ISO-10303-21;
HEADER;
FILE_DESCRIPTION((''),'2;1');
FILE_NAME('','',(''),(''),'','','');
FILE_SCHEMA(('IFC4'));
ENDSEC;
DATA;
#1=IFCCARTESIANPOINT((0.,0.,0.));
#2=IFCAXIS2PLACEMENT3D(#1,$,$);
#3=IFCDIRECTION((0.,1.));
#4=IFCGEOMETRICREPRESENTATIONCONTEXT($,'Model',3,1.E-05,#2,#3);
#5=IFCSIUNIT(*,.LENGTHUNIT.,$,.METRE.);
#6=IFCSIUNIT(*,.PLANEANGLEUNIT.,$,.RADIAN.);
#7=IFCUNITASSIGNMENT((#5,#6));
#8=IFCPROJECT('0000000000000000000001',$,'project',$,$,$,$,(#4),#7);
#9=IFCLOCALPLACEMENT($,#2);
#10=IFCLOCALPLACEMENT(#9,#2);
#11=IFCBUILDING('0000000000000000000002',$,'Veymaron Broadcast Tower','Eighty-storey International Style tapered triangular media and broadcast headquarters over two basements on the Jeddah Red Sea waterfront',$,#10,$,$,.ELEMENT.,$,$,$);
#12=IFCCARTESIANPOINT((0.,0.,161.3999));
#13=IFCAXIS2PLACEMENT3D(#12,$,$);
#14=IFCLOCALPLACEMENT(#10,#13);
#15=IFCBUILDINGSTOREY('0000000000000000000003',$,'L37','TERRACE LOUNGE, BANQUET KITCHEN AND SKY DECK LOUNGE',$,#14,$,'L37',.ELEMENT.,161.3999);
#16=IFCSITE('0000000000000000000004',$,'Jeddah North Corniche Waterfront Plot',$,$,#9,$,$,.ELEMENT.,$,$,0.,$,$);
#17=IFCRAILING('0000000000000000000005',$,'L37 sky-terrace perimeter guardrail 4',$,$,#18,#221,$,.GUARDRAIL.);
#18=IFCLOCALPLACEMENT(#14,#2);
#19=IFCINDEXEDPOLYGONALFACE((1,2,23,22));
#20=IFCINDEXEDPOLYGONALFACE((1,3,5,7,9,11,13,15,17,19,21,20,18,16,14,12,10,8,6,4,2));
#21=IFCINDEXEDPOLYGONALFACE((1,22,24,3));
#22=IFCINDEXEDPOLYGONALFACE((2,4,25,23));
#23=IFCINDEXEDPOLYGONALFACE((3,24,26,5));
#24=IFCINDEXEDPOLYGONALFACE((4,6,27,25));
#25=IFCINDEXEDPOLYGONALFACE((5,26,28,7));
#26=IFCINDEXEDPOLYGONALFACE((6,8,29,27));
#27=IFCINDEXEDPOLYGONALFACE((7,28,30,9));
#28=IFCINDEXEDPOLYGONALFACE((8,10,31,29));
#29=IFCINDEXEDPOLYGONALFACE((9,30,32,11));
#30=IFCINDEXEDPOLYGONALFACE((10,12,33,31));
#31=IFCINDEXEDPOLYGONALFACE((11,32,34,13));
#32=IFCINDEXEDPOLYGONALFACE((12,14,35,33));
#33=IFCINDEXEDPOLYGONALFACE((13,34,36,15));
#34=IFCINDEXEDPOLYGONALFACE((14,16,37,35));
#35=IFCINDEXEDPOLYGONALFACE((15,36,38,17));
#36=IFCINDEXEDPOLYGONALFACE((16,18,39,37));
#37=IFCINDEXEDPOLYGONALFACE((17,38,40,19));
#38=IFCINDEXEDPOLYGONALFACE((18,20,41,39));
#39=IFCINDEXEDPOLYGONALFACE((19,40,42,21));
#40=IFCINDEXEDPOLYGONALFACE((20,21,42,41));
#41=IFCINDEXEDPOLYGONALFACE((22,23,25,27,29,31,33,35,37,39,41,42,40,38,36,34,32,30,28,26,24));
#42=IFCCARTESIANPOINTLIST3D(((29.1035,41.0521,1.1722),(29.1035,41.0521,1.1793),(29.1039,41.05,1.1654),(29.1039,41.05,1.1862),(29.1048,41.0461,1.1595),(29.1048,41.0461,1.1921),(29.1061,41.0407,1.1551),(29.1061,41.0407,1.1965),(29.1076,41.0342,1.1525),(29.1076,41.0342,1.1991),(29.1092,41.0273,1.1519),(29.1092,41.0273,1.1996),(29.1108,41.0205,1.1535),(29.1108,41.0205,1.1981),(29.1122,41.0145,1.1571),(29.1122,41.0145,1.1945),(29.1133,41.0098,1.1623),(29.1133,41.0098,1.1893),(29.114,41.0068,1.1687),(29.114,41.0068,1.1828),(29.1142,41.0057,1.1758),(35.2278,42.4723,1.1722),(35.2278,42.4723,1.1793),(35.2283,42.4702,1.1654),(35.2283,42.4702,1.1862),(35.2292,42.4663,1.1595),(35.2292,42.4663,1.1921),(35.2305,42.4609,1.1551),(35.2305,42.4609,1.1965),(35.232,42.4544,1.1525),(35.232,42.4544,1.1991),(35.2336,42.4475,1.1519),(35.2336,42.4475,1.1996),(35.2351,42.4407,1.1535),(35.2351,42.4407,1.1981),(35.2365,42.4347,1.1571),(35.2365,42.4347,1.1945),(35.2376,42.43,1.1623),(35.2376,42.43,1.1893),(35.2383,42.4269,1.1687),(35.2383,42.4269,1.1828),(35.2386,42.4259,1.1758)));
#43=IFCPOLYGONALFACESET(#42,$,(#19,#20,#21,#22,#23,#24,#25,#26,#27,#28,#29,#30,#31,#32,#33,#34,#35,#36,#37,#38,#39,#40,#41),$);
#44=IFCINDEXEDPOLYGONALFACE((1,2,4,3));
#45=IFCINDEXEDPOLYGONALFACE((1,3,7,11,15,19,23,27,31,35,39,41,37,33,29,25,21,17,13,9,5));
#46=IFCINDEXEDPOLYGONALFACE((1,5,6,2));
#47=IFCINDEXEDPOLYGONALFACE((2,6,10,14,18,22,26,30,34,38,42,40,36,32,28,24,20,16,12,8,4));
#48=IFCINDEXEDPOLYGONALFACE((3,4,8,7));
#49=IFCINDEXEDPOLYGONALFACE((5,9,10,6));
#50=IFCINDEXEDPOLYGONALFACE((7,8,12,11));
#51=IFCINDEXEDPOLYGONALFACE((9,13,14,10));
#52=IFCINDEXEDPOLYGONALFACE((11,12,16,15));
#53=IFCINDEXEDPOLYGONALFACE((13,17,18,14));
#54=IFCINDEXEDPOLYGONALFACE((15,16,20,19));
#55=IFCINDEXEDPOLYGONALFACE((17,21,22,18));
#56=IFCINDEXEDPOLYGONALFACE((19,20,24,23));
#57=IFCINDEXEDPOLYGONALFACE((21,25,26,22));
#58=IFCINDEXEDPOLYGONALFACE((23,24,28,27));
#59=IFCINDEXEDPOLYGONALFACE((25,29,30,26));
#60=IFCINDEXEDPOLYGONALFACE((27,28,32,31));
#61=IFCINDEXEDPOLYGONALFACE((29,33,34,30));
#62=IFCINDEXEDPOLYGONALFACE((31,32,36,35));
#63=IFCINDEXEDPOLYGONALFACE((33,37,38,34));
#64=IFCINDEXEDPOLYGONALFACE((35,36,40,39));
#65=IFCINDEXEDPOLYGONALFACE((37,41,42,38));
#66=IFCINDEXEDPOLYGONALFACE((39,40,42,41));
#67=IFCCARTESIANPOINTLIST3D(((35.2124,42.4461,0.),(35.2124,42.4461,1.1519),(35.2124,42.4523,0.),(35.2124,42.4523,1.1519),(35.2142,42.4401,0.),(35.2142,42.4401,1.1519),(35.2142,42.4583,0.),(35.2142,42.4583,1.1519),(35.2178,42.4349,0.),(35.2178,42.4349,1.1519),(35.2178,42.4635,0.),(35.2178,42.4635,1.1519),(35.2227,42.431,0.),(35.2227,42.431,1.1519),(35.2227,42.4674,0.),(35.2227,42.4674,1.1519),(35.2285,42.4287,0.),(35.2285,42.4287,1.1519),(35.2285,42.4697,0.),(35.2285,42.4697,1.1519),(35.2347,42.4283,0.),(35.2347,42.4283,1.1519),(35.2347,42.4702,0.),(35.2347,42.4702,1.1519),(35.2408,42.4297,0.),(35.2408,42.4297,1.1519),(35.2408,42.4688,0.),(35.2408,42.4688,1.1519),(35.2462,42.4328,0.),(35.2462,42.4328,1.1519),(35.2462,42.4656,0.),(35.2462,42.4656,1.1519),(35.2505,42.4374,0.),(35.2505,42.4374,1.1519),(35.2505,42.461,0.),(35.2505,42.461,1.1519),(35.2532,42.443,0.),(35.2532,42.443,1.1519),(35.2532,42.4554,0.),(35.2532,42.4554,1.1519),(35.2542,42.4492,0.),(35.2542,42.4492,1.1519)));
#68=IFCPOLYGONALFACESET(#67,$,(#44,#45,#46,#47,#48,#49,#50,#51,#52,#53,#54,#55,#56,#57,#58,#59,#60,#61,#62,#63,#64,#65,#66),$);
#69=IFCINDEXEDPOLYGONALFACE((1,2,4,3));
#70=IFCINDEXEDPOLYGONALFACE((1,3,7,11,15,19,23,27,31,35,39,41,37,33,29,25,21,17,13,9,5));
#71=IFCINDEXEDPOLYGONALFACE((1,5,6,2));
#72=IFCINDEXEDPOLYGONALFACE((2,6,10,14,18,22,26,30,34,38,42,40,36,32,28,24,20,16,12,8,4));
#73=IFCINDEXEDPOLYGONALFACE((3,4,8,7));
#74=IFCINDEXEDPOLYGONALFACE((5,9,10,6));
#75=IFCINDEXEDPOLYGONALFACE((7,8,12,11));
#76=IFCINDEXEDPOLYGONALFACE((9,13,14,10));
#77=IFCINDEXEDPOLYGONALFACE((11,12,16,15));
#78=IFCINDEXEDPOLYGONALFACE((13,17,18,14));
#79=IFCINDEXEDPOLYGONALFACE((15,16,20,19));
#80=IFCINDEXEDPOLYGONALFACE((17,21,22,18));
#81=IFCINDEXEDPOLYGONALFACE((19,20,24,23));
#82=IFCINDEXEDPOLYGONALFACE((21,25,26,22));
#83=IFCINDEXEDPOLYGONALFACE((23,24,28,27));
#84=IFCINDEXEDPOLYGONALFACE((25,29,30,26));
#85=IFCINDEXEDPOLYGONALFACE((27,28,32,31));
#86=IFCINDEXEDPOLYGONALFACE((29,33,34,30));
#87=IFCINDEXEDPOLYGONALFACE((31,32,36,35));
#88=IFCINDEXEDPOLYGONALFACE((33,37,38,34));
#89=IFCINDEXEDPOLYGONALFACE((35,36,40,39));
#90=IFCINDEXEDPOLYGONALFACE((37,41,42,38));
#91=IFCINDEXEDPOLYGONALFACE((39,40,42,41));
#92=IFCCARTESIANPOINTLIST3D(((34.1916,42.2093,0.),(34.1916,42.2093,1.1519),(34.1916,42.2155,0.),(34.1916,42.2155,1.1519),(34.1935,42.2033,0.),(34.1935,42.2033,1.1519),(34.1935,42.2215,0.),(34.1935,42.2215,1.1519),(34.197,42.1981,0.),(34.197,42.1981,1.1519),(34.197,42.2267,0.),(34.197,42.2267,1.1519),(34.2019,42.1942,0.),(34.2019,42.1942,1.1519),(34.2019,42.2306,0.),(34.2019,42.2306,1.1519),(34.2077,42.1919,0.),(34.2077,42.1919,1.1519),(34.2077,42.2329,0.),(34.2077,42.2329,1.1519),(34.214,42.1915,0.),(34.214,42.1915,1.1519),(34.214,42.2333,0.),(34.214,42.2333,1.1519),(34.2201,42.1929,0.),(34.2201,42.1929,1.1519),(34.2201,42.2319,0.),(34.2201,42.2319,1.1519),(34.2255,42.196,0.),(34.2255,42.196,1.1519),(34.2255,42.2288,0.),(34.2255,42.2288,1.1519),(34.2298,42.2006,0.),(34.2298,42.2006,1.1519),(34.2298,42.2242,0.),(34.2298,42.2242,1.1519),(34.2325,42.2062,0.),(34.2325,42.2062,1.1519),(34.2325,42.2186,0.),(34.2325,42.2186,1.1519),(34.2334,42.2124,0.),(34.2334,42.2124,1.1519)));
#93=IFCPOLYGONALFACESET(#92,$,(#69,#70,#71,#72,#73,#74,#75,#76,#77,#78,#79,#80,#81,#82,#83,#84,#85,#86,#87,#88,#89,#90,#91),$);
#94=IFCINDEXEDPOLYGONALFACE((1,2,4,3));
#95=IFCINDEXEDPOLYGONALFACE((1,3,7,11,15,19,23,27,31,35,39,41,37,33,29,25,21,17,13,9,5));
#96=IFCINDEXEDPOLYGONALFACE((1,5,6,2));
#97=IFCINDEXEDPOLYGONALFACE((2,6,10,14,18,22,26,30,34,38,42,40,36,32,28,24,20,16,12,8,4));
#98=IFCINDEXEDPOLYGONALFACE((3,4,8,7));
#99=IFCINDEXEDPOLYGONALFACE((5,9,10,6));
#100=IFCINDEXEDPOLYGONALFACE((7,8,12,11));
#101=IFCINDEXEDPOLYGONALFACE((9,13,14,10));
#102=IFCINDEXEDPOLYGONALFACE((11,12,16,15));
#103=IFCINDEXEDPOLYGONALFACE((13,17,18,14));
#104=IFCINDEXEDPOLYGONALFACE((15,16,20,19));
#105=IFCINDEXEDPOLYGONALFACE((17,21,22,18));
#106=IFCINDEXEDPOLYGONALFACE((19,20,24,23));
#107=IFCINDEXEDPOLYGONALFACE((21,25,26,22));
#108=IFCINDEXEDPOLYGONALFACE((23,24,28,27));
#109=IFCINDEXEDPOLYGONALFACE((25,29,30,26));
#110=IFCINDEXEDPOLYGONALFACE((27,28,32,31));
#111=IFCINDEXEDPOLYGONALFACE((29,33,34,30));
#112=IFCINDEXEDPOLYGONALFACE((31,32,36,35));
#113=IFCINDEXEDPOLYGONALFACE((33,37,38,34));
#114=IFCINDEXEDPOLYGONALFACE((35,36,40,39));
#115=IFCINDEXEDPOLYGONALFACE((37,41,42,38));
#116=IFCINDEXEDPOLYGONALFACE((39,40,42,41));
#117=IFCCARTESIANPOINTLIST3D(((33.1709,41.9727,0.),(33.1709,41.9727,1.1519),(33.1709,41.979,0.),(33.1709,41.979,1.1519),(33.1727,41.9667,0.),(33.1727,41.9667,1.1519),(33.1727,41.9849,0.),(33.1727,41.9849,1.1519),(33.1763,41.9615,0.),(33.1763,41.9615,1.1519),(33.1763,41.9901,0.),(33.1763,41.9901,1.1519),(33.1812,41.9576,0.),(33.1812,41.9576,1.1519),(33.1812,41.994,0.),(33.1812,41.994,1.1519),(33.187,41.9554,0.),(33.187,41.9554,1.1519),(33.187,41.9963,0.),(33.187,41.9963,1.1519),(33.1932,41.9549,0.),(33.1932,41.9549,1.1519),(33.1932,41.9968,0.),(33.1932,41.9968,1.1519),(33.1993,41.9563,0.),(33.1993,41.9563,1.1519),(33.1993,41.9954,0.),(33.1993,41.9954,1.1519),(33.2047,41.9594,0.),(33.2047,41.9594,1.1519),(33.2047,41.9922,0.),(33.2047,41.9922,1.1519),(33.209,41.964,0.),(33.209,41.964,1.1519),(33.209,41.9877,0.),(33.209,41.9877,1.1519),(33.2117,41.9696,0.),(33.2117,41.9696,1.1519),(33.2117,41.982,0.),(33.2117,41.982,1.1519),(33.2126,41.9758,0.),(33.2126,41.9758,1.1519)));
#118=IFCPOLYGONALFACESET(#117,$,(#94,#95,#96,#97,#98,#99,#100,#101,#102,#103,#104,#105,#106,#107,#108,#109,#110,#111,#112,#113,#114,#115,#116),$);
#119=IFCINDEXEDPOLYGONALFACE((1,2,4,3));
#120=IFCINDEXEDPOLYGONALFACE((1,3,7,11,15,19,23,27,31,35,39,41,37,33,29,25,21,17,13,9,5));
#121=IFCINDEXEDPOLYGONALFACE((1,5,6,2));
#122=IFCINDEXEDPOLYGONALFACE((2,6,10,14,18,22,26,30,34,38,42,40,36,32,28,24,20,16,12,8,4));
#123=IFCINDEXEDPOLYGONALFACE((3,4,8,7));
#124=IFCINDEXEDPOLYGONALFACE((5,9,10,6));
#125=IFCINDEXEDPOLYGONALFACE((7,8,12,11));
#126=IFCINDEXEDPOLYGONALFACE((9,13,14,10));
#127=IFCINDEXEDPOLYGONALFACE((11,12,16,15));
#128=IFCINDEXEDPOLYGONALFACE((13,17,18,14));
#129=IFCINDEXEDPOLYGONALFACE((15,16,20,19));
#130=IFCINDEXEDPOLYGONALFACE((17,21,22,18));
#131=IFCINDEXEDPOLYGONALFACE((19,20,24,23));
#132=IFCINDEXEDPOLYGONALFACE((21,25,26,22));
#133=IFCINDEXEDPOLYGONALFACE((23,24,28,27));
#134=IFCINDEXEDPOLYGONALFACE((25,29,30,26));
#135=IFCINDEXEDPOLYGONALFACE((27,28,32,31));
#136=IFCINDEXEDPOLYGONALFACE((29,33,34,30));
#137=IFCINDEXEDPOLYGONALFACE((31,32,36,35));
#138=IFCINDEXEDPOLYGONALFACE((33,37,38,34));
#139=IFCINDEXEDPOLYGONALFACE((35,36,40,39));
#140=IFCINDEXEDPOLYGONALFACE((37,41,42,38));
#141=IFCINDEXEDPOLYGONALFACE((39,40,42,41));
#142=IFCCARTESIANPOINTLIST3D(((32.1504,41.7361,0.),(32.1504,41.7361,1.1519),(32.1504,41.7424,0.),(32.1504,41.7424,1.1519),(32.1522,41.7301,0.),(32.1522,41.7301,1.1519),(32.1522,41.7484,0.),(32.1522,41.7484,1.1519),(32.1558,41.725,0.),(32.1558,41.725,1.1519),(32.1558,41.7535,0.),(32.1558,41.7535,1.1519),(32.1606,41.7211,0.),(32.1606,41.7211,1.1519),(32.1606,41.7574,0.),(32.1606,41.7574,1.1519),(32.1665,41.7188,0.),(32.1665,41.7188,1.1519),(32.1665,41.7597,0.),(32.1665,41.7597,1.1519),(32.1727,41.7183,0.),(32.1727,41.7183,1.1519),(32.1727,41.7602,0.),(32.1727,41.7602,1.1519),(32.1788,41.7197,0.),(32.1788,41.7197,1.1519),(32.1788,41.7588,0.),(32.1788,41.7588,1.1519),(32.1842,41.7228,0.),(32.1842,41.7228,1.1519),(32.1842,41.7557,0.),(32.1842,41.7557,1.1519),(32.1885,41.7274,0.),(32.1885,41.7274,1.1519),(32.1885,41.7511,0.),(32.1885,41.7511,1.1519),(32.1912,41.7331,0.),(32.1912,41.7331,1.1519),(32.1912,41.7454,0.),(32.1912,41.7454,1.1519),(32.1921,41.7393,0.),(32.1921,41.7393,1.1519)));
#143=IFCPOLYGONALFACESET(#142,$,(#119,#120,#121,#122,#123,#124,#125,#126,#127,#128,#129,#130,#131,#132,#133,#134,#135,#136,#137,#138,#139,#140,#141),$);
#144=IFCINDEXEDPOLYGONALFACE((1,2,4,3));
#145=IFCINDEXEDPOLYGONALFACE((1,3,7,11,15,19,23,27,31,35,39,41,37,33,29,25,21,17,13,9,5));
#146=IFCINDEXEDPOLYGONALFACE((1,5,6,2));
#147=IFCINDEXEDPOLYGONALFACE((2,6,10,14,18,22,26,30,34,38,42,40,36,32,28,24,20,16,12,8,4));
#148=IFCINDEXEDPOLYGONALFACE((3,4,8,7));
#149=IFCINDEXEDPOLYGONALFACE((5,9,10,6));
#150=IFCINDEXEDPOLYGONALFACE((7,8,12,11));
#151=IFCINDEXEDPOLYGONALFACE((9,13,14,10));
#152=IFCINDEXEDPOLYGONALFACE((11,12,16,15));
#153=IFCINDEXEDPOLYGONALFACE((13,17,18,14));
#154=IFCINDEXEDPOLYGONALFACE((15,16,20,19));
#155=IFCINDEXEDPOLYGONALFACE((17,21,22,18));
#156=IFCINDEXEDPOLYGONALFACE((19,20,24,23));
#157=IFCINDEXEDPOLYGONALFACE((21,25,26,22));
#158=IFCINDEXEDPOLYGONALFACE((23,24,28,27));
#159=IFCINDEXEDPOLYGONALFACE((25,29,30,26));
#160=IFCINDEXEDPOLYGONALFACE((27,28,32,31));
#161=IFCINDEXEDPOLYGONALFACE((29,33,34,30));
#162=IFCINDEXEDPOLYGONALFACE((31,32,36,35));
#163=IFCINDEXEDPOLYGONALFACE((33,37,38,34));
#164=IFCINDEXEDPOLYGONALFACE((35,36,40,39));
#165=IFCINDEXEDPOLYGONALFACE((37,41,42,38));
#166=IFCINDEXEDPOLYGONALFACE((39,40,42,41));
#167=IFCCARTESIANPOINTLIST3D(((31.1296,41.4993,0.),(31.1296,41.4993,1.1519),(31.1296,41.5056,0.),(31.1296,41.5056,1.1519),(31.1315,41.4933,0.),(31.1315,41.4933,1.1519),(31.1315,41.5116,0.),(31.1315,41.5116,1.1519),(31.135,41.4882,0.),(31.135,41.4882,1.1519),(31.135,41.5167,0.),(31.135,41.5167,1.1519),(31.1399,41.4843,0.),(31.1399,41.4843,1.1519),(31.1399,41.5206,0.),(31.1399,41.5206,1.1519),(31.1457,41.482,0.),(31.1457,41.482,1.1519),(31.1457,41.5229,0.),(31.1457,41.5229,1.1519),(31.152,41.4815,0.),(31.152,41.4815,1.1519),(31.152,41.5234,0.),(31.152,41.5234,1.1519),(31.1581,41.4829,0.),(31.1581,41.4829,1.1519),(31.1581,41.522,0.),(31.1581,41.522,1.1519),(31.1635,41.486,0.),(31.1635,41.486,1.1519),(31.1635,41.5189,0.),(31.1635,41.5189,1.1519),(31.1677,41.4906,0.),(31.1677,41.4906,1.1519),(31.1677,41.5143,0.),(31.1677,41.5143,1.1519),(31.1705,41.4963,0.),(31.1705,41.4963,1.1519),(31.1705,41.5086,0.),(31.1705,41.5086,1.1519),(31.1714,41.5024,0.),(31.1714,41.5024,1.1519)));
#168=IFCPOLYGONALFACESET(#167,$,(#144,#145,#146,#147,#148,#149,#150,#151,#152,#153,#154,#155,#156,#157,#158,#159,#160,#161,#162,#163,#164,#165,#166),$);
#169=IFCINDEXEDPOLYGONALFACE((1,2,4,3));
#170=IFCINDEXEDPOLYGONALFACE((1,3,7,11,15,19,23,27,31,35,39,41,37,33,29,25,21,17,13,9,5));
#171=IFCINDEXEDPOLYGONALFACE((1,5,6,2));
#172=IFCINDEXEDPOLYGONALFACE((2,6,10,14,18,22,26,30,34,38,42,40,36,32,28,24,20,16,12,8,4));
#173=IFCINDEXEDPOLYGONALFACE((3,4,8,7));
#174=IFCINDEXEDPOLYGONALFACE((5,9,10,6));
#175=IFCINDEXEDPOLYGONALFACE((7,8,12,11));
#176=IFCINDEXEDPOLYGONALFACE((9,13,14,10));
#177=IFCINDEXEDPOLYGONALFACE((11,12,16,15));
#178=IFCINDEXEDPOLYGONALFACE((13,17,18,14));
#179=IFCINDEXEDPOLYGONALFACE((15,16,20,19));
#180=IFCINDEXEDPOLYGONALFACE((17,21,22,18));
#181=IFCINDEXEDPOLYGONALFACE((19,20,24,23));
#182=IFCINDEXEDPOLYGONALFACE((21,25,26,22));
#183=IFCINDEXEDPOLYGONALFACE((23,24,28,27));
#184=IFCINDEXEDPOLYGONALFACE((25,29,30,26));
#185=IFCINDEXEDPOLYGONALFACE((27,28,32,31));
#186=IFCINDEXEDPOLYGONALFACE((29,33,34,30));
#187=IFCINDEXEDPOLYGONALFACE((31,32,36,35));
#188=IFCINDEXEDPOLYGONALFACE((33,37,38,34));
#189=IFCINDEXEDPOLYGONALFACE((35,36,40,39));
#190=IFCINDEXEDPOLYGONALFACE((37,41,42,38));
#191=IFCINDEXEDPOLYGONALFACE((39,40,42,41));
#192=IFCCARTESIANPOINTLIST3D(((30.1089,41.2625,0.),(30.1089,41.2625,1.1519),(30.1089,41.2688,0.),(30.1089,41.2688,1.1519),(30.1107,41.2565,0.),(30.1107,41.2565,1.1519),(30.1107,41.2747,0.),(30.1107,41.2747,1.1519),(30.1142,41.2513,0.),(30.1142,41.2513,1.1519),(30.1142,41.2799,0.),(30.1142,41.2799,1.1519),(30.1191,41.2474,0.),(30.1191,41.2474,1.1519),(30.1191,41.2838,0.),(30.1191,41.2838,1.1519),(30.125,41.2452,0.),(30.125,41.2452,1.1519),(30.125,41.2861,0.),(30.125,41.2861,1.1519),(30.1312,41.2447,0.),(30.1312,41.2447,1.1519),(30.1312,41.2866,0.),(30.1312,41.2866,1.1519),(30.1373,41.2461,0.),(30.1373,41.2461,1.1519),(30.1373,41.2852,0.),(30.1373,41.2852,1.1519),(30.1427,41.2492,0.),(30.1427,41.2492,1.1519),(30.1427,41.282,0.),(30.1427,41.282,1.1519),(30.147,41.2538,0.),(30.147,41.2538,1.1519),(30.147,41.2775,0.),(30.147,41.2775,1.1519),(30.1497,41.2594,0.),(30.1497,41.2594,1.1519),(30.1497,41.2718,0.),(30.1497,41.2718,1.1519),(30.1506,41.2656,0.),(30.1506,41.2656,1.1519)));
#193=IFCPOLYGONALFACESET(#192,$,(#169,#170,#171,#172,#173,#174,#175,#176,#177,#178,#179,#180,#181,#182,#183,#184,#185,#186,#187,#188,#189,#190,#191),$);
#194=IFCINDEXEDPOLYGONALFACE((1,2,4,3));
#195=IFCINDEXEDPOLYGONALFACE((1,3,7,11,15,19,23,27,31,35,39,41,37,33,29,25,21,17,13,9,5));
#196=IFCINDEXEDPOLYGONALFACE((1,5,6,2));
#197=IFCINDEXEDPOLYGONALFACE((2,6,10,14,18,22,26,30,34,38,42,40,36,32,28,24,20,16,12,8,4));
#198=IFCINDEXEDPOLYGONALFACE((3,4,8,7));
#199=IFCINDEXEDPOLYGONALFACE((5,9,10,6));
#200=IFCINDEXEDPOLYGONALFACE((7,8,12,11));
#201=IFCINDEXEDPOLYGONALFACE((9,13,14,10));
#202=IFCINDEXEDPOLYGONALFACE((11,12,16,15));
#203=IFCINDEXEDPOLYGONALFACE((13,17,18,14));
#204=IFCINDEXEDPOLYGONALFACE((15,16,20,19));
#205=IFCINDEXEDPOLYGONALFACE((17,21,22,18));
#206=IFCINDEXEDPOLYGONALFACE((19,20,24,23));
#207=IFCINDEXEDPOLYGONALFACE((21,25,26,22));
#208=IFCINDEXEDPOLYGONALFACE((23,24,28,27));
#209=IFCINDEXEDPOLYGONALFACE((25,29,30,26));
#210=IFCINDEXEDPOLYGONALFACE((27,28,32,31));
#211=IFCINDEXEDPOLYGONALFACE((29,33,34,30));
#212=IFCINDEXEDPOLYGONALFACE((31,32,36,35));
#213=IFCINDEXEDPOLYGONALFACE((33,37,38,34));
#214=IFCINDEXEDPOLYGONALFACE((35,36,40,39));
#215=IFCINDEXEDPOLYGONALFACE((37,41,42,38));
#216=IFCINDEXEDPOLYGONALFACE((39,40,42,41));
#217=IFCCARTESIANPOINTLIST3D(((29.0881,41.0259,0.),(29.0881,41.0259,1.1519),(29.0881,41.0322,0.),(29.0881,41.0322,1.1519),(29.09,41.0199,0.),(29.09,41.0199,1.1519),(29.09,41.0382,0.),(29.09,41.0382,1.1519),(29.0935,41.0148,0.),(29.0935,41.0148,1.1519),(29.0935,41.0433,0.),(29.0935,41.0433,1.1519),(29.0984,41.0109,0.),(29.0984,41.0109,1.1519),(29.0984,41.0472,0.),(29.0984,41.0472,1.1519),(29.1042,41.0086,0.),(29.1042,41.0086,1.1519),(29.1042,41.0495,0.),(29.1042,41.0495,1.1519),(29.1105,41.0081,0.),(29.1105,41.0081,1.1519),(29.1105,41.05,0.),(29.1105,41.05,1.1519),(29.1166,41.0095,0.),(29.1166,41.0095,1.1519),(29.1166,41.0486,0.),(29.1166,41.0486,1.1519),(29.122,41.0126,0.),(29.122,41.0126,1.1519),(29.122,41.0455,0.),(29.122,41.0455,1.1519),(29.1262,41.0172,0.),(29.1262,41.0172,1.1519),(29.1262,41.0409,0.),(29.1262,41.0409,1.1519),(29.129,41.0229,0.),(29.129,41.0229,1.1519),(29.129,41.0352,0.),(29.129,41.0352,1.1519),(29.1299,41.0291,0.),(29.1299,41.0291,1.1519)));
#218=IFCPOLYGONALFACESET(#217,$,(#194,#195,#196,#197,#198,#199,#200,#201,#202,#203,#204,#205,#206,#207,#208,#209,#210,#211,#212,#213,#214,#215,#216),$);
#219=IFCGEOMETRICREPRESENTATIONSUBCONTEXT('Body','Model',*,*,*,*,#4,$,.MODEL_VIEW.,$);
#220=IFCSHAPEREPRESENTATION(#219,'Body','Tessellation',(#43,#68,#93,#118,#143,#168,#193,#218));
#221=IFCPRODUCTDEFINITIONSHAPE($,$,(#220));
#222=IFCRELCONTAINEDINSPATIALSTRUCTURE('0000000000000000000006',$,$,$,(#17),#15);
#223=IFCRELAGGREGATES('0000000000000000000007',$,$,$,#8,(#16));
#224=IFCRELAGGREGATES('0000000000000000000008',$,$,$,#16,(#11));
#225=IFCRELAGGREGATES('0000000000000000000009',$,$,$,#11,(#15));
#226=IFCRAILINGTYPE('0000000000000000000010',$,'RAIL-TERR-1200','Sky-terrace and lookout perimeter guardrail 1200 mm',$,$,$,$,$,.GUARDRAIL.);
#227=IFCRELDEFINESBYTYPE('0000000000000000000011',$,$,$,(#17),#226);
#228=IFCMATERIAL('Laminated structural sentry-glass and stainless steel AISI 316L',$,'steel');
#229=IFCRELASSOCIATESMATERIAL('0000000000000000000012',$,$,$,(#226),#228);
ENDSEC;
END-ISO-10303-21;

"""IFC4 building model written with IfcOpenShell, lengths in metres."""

from ifc_helpers import new_model, si_unit, direction, frame, origin, origin_2d, place, context, subcontext, project, spatial, circle, extrude, material, type_object, element, save


model = new_model("IFC4")

# Units and contexts
model_context = context("Model", 3, precision=1e-05, world=origin(), true_north=direction((0.0, 1.0)))
body_context = subcontext(model_context, "Body", "Model", "MODEL_VIEW")
ifc_project = project(units=[si_unit("LENGTHUNIT", "METRE"), si_unit("PLANEANGLEUNIT", "RADIAN")], contexts=[model_context])

# Site, building, storey
site_placement = place(None, origin())
site = spatial("IfcSite", under=ifc_project, at=site_placement, Name="Jeddah North Corniche Waterfront Plot", CompositionType="ELEMENT", RefElevation=0.0)
building_placement = place(site_placement, origin())
building = spatial("IfcBuilding", under=site, at=building_placement, Name="Veymaron Broadcast Tower", Description="Eighty-storey International Style tapered triangular media and broadcast headquarters over two basements on the Jeddah Red Sea waterfront", CompositionType="ELEMENT")
storey_placement = place(building_placement, frame((0.0, 0.0, 161.3999)))
storey = spatial("IfcBuildingStorey", under=building, at=storey_placement, Name="L37", Description="TERRACE LOUNGE, BANQUET KITCHEN AND SKY DECK LOUNGE", LongName="L37", CompositionType="ELEMENT", Elevation=161.3999)

# Railing
ifc_material_1 = material(Name="Laminated structural sentry-glass and stainless steel AISI 316L", Category="steel")
railing_type = type_object("IfcRailingType", Name="RAIL-TERR-1200", Description="Sky-terrace and lookout perimeter guardrail 1200 mm", PredefinedType="GUARDRAIL", material=ifc_material_1)
railing_1_placement = place(storey_placement, frame((35.2332, 42.4492, 0.0)))
element("IfcRailing", 1, at=railing_1_placement, inside=storey, type_object=railing_type, Name="L37 sky-terrace perimeter guardrail 4", PredefinedType="GUARDRAIL", context=body_context, shape_type="SweptSolid", body=[
    extrude(circle(Radius=0.0239, at=origin_2d()), frame((0.0, 0.0, 1.1758), z_axis=(-0.974151, -0.225897, 0.0), x_axis=(0.225897, -0.974151, 0.0)), (0.0, 0.0, 1.0), 6.2869),
    extrude(circle(Radius=0.021, at=origin_2d()), origin(), (0.0, 0.0, 1.0), 1.1519),
    extrude(circle(Radius=0.021, at=origin_2d()), frame((-1.0208, -0.2368, 0.0)), (0.0, 0.0, 1.0), 1.1519),
    extrude(circle(Radius=0.021, at=origin_2d()), frame((-2.0415, -0.4734, 0.0)), (0.0, 0.0, 1.0), 1.1519),
    extrude(circle(Radius=0.021, at=origin_2d()), frame((-3.062, -0.71, 0.0)), (0.0, 0.0, 1.0), 1.1519),
    extrude(circle(Radius=0.021, at=origin_2d()), frame((-4.0828, -0.9468, 0.0)), (0.0, 0.0, 1.0), 1.1519),
    extrude(circle(Radius=0.021, at=origin_2d()), frame((-5.1035, -1.1836, 0.0)), (0.0, 0.0, 1.0), 1.1519),
    extrude(circle(Radius=0.021, at=origin_2d()), frame((-6.1243, -1.4202, 0.0)), (0.0, 0.0, 1.0), 1.1519),
])

save(model, "model.ifc")
